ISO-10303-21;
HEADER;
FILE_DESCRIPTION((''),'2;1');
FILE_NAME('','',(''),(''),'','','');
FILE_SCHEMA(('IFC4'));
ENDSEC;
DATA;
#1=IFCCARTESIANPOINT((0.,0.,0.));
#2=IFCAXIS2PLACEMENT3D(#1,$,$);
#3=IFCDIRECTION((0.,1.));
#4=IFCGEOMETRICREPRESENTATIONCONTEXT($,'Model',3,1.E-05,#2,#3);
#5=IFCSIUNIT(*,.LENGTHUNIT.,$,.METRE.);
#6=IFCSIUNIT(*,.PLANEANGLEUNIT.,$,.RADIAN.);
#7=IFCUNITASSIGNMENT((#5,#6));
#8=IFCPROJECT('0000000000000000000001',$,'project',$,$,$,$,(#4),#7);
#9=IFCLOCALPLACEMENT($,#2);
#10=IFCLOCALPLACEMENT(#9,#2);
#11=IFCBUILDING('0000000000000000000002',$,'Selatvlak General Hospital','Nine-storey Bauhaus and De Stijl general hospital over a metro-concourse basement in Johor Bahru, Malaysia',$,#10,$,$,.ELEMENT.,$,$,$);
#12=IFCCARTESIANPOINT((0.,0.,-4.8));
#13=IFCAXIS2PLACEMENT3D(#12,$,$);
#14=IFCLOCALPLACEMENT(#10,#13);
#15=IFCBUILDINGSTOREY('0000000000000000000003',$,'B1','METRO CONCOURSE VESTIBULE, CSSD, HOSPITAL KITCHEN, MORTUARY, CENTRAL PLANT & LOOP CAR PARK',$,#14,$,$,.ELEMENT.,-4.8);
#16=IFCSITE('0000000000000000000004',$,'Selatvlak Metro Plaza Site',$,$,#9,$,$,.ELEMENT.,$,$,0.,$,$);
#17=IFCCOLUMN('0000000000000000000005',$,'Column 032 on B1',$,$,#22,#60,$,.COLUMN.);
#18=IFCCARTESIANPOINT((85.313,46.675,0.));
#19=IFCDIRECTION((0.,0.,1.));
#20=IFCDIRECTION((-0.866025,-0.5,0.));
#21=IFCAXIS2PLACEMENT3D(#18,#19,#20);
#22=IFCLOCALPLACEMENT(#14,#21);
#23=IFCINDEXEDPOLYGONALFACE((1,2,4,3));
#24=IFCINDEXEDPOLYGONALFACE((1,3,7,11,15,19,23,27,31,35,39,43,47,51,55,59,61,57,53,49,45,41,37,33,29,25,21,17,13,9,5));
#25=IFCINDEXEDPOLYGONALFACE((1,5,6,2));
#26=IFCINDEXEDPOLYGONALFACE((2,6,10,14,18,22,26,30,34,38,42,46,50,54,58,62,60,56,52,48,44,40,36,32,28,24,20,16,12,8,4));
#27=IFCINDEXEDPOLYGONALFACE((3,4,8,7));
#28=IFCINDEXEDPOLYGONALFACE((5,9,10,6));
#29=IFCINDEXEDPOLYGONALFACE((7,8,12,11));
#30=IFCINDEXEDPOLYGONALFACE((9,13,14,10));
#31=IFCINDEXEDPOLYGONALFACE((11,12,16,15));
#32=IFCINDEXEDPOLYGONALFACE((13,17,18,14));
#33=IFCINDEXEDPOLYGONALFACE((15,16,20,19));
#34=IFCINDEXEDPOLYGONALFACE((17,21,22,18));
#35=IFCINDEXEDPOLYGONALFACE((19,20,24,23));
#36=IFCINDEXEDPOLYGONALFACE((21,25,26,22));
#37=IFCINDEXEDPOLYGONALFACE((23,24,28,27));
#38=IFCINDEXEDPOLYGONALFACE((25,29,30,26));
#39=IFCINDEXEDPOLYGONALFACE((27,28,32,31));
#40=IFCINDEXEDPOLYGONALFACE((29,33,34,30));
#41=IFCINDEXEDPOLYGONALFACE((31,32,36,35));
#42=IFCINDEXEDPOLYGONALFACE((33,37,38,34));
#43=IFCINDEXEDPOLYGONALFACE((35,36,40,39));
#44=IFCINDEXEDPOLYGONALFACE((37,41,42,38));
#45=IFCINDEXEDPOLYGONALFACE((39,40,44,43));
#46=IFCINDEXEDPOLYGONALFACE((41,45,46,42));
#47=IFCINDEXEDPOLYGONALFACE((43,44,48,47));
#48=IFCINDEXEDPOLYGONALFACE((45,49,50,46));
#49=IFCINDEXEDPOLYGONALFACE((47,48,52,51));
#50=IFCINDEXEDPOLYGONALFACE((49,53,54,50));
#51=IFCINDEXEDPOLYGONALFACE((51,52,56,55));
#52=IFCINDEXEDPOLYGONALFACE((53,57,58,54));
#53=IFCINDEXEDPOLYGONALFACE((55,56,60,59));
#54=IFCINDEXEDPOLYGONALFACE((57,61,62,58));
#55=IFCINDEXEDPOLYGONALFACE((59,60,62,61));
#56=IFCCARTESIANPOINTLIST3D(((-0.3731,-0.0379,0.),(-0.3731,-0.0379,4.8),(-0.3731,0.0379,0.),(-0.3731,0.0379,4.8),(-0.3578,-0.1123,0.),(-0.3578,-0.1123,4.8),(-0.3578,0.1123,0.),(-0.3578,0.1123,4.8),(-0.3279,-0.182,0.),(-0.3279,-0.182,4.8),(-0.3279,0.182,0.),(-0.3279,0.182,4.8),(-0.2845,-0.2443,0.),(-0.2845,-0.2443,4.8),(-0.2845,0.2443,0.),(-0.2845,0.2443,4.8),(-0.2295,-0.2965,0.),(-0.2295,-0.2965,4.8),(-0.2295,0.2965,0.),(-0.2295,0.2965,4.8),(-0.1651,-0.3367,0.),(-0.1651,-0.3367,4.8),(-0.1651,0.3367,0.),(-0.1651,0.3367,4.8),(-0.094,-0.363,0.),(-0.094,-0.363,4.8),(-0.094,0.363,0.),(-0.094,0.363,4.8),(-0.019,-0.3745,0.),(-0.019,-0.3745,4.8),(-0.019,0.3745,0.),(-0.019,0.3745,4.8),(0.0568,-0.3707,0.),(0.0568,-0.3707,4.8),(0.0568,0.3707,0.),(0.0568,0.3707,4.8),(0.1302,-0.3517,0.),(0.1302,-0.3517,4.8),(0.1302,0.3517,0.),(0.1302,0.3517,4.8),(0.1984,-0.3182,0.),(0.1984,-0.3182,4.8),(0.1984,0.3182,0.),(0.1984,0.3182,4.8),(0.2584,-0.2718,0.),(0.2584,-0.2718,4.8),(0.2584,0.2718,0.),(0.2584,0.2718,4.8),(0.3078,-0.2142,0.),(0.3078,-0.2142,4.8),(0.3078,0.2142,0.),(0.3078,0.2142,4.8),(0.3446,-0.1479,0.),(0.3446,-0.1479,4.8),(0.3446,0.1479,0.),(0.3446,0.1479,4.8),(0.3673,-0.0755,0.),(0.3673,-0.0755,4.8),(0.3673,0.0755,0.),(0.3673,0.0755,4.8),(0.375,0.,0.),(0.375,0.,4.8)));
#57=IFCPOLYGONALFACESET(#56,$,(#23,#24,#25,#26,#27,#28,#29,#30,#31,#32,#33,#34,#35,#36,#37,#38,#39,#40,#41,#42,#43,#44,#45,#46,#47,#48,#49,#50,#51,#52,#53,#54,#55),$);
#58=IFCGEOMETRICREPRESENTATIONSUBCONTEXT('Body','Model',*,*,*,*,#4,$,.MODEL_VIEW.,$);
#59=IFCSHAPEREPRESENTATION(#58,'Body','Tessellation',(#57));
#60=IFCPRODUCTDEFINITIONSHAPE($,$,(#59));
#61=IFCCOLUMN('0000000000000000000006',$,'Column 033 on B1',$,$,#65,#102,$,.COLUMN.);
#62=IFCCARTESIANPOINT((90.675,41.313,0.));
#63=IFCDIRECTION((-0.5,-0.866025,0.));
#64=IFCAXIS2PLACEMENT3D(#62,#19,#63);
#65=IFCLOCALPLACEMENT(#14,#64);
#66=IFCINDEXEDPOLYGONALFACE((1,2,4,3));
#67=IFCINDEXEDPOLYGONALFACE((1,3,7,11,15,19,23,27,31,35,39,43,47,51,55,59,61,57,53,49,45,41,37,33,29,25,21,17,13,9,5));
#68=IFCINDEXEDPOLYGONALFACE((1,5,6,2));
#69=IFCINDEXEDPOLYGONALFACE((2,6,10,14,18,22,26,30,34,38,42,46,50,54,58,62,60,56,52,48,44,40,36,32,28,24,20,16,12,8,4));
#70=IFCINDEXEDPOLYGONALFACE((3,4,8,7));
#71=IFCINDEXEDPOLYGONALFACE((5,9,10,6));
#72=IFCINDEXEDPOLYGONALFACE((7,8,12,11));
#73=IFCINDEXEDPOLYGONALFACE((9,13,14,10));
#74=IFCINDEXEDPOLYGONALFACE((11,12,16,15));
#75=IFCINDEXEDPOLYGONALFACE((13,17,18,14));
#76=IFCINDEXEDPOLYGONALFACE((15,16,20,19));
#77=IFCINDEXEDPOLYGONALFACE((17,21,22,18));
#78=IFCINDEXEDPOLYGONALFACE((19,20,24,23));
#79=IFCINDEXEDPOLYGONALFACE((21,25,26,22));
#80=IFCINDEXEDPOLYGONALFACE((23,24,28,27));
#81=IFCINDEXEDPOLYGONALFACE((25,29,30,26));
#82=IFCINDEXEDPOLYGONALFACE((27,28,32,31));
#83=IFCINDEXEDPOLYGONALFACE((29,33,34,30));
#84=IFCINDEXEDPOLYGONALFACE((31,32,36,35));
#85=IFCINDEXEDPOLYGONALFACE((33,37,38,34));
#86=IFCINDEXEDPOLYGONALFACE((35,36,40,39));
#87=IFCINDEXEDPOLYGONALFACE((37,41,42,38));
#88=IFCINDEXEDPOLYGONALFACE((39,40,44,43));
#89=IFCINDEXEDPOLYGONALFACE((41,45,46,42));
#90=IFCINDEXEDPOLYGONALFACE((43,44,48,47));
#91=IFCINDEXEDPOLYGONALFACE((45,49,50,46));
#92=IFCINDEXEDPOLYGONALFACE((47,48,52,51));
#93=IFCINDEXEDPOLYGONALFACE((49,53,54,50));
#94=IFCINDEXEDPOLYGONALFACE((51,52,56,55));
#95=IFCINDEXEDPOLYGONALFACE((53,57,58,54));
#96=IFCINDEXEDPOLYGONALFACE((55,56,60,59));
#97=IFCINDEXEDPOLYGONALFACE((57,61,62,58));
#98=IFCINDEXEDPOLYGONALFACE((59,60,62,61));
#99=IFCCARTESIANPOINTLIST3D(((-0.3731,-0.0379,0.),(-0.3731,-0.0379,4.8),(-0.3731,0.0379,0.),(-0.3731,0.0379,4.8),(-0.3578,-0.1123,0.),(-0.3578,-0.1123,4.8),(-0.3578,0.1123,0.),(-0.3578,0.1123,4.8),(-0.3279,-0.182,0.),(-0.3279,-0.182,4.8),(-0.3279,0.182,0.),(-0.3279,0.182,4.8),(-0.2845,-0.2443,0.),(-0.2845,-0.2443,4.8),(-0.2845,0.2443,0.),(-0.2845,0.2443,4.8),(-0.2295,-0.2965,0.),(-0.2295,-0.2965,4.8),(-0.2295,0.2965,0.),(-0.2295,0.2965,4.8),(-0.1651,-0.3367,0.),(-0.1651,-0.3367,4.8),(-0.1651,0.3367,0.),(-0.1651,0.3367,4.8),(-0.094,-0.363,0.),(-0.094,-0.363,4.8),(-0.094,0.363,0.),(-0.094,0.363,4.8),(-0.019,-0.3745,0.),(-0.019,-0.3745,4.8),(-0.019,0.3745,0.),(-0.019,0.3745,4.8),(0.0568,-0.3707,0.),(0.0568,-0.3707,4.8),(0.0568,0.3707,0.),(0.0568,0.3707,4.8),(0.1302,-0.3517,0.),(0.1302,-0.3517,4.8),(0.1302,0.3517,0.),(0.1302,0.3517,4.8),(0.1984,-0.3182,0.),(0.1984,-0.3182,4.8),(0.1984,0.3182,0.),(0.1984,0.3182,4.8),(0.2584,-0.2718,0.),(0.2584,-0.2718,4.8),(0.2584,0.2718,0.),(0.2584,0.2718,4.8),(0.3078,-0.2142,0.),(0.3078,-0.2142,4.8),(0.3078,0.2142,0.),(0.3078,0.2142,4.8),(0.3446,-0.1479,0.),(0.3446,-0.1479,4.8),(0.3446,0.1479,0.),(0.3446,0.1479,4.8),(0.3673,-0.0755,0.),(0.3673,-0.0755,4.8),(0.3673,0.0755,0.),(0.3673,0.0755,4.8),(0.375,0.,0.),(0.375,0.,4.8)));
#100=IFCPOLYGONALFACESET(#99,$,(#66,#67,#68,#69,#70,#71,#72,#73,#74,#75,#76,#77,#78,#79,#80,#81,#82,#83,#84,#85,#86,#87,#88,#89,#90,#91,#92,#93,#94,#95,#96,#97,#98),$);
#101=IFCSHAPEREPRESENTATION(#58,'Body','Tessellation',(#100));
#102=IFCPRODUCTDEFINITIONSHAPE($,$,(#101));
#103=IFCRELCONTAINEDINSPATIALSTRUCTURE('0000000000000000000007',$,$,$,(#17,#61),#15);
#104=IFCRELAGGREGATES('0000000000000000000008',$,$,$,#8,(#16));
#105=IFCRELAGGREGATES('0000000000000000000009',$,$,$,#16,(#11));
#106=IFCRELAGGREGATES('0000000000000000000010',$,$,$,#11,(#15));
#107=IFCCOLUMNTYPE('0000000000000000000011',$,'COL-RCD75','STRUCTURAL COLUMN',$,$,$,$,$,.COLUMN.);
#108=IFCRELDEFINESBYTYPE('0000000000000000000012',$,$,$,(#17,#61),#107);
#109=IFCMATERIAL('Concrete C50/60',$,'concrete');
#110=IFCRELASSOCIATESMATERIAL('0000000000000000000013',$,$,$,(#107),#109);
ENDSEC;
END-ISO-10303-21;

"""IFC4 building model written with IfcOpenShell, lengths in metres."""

from ifc_helpers import new_model, si_unit, direction, frame, origin, origin_2d, place, context, subcontext, project, spatial, circle, extrude, material, material_profile, profile_set, type_object, element, save


model = new_model("IFC4")

# Units and contexts
model_context = context("Model", 3, precision=1e-05, world=origin(), true_north=direction((0.0, 1.0)))
body_context = subcontext(model_context, "Body", "Model", "MODEL_VIEW")
ifc_project = project(units=[si_unit("LENGTHUNIT", "METRE"), si_unit("PLANEANGLEUNIT", "RADIAN")], contexts=[model_context])

# Site, building, storey
site_placement = place(None, origin())
site = spatial("IfcSite", under=ifc_project, at=site_placement, Name="Selatvlak Metro Plaza Site", CompositionType="ELEMENT", RefElevation=0.0)
building_placement = place(site_placement, origin())
building = spatial("IfcBuilding", under=site, at=building_placement, Name="Selatvlak General Hospital", Description="Nine-storey Bauhaus and De Stijl general hospital over a metro-concourse basement in Johor Bahru, Malaysia", CompositionType="ELEMENT")
storey_placement = place(building_placement, frame((0.0, 0.0, -4.8)))
storey = spatial("IfcBuildingStorey", under=building, at=storey_placement, Name="B1", Description="METRO CONCOURSE VESTIBULE, CSSD, HOSPITAL KITCHEN, MORTUARY, CENTRAL PLANT & LOOP CAR PARK", CompositionType="ELEMENT", Elevation=-4.8)

# Columns
ifc_material_1 = material(Name="Concrete C50/60", Category="concrete")
ifc_material_profile_1 = material_profile(ifc_material_1, circle(Radius=0.375, at=origin_2d()), Name="RC-COL D750")
ifc_profile_set_1 = profile_set([ifc_material_profile_1], Name="Concrete C50/60")
column_type_1 = type_object("IfcColumnType", Name="COL-RCD75", Description="STRUCTURAL COLUMN", PredefinedType="COLUMN", material=ifc_profile_set_1)
for number, where, z_axis, x_axis, name in (
    (1, (85.313, 46.675, 0.0), (0.0, 0.0, 1.0), (-0.866025, -0.5, 0.0), "Column 032 on B1"),
    (2, (90.675, 41.313, 0.0), (0.0, 0.0, 1.0), (-0.5, -0.866025, 0.0), "Column 033 on B1"),
):
    element("IfcColumn", number, at=place(storey_placement, frame(where, z_axis=z_axis, x_axis=x_axis)), inside=storey, type_object=column_type_1, Name=name, PredefinedType="COLUMN", context=body_context, shape_type="SweptSolid", body=[
        extrude(circle(Radius=0.375, at=origin_2d()), origin(), (0.0, 0.0, 1.0), 4.8),
    ])

save(model, "model.ifc")
